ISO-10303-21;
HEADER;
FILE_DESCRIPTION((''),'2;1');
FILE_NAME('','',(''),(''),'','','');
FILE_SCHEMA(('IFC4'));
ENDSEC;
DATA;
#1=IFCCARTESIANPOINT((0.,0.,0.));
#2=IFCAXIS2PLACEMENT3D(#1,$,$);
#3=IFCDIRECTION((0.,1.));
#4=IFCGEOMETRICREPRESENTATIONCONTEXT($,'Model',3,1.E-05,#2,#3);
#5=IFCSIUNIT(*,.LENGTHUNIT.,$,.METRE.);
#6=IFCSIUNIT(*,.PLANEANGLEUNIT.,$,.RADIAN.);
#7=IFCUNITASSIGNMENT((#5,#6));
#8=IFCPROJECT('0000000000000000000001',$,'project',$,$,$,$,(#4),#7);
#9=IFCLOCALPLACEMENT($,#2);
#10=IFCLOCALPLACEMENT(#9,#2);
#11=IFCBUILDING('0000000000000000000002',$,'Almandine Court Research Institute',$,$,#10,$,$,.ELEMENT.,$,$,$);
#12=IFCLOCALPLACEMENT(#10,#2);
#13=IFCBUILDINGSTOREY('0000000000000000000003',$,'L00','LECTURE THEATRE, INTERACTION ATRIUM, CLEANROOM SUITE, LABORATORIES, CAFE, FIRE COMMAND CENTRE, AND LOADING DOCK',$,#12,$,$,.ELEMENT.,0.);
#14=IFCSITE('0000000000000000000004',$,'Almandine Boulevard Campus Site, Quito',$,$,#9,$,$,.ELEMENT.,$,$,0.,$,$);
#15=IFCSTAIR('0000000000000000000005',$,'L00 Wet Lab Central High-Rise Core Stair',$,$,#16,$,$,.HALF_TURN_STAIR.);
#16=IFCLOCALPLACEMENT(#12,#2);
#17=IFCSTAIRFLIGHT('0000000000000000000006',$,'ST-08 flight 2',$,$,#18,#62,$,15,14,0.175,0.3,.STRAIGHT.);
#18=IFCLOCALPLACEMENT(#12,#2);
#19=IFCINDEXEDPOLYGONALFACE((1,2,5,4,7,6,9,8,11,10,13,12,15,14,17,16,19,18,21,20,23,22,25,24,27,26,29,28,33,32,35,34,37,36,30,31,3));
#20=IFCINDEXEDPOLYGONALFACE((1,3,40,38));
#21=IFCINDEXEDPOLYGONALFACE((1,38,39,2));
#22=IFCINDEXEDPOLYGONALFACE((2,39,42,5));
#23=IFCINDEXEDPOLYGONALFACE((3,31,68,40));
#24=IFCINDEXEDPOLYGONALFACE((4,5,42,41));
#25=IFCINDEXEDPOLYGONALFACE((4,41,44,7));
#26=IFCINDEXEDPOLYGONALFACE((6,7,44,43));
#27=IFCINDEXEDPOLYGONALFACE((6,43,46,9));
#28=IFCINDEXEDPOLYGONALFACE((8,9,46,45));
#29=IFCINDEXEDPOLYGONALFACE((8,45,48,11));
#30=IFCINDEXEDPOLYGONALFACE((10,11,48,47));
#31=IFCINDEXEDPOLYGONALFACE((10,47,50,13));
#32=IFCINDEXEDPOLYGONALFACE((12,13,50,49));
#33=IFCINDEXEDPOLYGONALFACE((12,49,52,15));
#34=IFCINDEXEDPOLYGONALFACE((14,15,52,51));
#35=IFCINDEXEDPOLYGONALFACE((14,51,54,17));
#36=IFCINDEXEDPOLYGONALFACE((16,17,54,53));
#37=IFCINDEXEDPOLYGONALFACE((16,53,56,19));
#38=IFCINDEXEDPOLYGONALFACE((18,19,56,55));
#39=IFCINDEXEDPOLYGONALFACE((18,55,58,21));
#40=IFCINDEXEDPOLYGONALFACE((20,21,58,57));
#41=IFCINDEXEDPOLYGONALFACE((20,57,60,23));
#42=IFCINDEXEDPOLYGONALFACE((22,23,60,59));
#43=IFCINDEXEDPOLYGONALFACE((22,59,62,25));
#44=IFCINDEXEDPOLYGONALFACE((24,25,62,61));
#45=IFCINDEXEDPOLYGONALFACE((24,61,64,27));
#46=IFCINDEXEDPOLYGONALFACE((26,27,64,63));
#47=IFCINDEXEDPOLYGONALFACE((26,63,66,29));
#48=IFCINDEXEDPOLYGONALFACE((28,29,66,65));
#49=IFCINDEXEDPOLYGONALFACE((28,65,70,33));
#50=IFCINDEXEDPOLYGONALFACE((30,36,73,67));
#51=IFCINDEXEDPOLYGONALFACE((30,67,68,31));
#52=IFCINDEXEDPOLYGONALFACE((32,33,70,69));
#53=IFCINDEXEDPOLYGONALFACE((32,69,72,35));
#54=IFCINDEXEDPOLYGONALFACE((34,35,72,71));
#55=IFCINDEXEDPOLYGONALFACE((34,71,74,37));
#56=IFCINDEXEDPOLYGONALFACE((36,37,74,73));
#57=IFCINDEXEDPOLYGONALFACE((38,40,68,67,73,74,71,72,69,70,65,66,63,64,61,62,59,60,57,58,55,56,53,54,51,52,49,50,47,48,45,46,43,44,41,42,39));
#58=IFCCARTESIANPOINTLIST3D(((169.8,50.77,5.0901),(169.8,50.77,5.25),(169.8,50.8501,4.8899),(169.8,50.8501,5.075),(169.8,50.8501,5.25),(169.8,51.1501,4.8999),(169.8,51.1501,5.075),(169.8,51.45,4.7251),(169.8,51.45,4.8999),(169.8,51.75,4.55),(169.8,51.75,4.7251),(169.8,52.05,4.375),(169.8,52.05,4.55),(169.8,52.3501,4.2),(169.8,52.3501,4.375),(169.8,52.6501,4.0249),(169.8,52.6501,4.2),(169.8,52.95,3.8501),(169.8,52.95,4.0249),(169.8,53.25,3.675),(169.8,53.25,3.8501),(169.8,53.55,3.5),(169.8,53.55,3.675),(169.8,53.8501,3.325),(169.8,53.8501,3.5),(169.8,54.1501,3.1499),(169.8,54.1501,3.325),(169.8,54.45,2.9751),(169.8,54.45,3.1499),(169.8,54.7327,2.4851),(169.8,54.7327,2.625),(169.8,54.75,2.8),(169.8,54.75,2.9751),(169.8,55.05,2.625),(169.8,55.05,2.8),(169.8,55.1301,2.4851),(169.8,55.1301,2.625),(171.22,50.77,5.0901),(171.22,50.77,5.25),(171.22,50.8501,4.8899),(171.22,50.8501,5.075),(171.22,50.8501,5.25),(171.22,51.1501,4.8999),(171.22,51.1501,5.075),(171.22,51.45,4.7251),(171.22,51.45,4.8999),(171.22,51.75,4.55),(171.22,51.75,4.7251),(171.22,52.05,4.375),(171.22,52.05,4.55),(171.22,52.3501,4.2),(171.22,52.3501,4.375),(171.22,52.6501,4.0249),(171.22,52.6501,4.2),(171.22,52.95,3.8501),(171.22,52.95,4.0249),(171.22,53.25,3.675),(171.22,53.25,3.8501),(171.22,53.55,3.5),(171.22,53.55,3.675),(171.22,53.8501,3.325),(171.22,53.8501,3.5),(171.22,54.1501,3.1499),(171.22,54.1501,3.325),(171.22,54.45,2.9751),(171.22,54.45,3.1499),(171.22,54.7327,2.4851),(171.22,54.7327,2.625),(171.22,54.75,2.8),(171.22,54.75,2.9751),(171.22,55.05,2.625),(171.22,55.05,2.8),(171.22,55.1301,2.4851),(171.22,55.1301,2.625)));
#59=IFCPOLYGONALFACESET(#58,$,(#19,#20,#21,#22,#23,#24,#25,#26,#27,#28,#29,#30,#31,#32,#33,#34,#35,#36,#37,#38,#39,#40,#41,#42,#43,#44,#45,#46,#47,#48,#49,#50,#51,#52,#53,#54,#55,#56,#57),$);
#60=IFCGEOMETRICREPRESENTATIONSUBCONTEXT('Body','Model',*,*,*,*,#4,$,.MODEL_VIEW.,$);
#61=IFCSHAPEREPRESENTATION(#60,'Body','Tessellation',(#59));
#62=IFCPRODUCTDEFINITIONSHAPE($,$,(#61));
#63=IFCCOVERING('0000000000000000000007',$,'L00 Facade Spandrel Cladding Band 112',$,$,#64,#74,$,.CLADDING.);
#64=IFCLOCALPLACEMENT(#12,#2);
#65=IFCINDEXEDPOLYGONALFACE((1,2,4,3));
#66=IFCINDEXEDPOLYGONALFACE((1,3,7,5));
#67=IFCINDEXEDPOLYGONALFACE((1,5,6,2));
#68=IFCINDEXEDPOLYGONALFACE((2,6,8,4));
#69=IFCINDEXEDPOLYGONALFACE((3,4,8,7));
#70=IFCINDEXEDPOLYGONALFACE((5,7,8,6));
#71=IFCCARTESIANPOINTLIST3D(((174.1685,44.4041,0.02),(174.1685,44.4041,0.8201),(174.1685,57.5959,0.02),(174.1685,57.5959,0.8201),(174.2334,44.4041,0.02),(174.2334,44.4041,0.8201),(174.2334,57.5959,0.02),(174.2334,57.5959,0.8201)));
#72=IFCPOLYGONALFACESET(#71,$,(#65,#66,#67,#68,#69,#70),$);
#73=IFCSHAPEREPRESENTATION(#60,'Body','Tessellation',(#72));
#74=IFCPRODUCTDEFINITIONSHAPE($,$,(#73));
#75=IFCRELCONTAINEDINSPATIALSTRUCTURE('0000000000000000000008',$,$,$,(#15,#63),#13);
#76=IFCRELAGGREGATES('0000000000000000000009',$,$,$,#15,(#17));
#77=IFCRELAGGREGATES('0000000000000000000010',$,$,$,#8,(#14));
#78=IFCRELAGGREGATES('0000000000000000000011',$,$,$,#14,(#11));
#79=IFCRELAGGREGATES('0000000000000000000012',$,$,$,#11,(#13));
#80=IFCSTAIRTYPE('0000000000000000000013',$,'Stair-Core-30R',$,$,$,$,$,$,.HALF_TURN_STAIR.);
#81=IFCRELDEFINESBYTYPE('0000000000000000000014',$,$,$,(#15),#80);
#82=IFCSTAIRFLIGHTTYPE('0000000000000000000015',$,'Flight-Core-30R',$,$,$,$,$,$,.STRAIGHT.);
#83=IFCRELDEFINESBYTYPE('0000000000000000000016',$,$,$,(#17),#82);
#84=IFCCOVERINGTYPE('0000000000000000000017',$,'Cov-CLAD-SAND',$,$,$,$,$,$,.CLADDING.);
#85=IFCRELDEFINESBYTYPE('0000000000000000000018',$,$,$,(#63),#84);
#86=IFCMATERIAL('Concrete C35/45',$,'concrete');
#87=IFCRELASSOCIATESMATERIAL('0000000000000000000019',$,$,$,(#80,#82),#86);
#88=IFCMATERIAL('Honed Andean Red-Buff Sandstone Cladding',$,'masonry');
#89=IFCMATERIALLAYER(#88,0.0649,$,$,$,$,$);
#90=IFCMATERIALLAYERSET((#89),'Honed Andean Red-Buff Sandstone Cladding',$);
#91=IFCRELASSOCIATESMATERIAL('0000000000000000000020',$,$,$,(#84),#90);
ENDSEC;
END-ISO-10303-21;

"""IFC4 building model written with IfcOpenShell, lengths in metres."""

from ifc_helpers import new_model, si_unit, direction, frame, origin, origin_2d, place, context, subcontext, project, spatial, polyline, rectangle, outline, extrude, material, layer, layer_set, type_object, element, aggregate, save


model = new_model("IFC4")

# Units and contexts
model_context = context("Model", 3, precision=1e-05, world=origin(), true_north=direction((0.0, 1.0)))
body_context = subcontext(model_context, "Body", "Model", "MODEL_VIEW")
ifc_project = project(units=[si_unit("LENGTHUNIT", "METRE"), si_unit("PLANEANGLEUNIT", "RADIAN")], contexts=[model_context])

# Site, building, storey
site_placement = place(None, origin())
site = spatial("IfcSite", under=ifc_project, at=site_placement, Name="Almandine Boulevard Campus Site, Quito", CompositionType="ELEMENT", RefElevation=0.0)
building_placement = place(site_placement, origin())
building = spatial("IfcBuilding", under=site, at=building_placement, Name="Almandine Court Research Institute", CompositionType="ELEMENT")
storey_placement = place(building_placement, origin())
storey = spatial("IfcBuildingStorey", under=building, at=storey_placement, Name="L00", Description="LECTURE THEATRE, INTERACTION ATRIUM, CLEANROOM SUITE, LABORATORIES, CAFE, FIRE COMMAND CENTRE, AND LOADING DOCK", CompositionType="ELEMENT", Elevation=0.0)

# Stair, stair flight
ifc_material_1 = material(Name="Concrete C35/45", Category="concrete")
stair_type = type_object("IfcStairType", Name="Stair-Core-30R", PredefinedType="HALF_TURN_STAIR", material=ifc_material_1)
stair_placement = place(storey_placement, origin())
stair = element("IfcStair", 1, at=stair_placement, inside=storey, type_object=stair_type, Name="L00 Wet Lab Central High-Rise Core Stair", PredefinedType="HALF_TURN_STAIR")
stair_flight_type = type_object("IfcStairFlightType", Name="Flight-Core-30R", PredefinedType="STRAIGHT", material=ifc_material_1)
stair_flight_1_placement = place(storey_placement, frame((170.51, 55.05, 2.625), z_axis=(0.0, 0.0, 1.0), x_axis=(0.0, -1.0, 0.0)))
stair_flight_1 = element("IfcStairFlight", 2, at=stair_flight_1_placement, type_object=stair_flight_type, Name="ST-08 flight 2", NumberOfRisers=15, NumberOfTreads=14, PredefinedType="STRAIGHT", RiserHeight=0.175, TreadLength=0.3, context=body_context, shape_type="SweptSolid", body=[
    extrude(outline(polyline([(-0.0801, -0.1399), (-0.0801, 0.0), (0.0, 0.0), (0.0, 0.175), (0.3, 0.175), (0.3, 0.3501), (0.6001, 0.3501), (0.6001, 0.5249), (0.8999, 0.5249), (0.8999, 0.7), (1.2, 0.7), (1.2, 0.875), (1.5, 0.875), (1.5, 1.05), (1.8, 1.05), (1.8, 1.2251), (2.1001, 1.2251), (2.1001, 1.3999), (2.3999, 1.3999), (2.3999, 1.575), (2.7, 1.575), (2.7, 1.75), (3.0, 1.75), (3.0, 1.925), (3.3, 1.925), (3.3, 2.1001), (3.6001, 2.1001), (3.6001, 2.2749), (3.8999, 2.2749), (3.8999, 2.45), (4.2, 2.45), (4.2, 2.625), (4.28, 2.625), (4.28, 2.4651), (4.2, 2.2649), (0.3174, 0.0), (0.3174, -0.1399), (-0.0801, -0.1399)])), frame((0.0, 0.71, 0.0), z_axis=(0.0, -1.0, 0.0), x_axis=(1.0, 0.0, 0.0)), (0.0, 0.0, 1.0), 1.4199),
])
aggregate(stair, [stair_flight_1])

# Covering
ifc_material_2 = material(Name="Honed Andean Red-Buff Sandstone Cladding", Category="masonry")
ifc_layer_1 = layer(ifc_material_2, 0.0649)
ifc_layer_set_1 = layer_set([ifc_layer_1], Name="Honed Andean Red-Buff Sandstone Cladding")
covering_type = type_object("IfcCoveringType", Name="Cov-CLAD-SAND", PredefinedType="CLADDING", material=ifc_layer_set_1)
covering_placement = place(storey_placement, frame((174.2009, 51.0, 0.02), z_axis=(0.0, 0.0, 1.0), x_axis=(0.0, -1.0, 0.0)))
element("IfcCovering", 3, at=covering_placement, inside=storey, type_object=covering_type, Name="L00 Facade Spandrel Cladding Band 112", PredefinedType="CLADDING", context=body_context, shape_type="SweptSolid", body=[
    extrude(rectangle(XDim=13.1919, YDim=0.0649, at=origin_2d()), origin(), (0.0, 0.0, 1.0), 0.8),
])

save(model, "model.ifc")
